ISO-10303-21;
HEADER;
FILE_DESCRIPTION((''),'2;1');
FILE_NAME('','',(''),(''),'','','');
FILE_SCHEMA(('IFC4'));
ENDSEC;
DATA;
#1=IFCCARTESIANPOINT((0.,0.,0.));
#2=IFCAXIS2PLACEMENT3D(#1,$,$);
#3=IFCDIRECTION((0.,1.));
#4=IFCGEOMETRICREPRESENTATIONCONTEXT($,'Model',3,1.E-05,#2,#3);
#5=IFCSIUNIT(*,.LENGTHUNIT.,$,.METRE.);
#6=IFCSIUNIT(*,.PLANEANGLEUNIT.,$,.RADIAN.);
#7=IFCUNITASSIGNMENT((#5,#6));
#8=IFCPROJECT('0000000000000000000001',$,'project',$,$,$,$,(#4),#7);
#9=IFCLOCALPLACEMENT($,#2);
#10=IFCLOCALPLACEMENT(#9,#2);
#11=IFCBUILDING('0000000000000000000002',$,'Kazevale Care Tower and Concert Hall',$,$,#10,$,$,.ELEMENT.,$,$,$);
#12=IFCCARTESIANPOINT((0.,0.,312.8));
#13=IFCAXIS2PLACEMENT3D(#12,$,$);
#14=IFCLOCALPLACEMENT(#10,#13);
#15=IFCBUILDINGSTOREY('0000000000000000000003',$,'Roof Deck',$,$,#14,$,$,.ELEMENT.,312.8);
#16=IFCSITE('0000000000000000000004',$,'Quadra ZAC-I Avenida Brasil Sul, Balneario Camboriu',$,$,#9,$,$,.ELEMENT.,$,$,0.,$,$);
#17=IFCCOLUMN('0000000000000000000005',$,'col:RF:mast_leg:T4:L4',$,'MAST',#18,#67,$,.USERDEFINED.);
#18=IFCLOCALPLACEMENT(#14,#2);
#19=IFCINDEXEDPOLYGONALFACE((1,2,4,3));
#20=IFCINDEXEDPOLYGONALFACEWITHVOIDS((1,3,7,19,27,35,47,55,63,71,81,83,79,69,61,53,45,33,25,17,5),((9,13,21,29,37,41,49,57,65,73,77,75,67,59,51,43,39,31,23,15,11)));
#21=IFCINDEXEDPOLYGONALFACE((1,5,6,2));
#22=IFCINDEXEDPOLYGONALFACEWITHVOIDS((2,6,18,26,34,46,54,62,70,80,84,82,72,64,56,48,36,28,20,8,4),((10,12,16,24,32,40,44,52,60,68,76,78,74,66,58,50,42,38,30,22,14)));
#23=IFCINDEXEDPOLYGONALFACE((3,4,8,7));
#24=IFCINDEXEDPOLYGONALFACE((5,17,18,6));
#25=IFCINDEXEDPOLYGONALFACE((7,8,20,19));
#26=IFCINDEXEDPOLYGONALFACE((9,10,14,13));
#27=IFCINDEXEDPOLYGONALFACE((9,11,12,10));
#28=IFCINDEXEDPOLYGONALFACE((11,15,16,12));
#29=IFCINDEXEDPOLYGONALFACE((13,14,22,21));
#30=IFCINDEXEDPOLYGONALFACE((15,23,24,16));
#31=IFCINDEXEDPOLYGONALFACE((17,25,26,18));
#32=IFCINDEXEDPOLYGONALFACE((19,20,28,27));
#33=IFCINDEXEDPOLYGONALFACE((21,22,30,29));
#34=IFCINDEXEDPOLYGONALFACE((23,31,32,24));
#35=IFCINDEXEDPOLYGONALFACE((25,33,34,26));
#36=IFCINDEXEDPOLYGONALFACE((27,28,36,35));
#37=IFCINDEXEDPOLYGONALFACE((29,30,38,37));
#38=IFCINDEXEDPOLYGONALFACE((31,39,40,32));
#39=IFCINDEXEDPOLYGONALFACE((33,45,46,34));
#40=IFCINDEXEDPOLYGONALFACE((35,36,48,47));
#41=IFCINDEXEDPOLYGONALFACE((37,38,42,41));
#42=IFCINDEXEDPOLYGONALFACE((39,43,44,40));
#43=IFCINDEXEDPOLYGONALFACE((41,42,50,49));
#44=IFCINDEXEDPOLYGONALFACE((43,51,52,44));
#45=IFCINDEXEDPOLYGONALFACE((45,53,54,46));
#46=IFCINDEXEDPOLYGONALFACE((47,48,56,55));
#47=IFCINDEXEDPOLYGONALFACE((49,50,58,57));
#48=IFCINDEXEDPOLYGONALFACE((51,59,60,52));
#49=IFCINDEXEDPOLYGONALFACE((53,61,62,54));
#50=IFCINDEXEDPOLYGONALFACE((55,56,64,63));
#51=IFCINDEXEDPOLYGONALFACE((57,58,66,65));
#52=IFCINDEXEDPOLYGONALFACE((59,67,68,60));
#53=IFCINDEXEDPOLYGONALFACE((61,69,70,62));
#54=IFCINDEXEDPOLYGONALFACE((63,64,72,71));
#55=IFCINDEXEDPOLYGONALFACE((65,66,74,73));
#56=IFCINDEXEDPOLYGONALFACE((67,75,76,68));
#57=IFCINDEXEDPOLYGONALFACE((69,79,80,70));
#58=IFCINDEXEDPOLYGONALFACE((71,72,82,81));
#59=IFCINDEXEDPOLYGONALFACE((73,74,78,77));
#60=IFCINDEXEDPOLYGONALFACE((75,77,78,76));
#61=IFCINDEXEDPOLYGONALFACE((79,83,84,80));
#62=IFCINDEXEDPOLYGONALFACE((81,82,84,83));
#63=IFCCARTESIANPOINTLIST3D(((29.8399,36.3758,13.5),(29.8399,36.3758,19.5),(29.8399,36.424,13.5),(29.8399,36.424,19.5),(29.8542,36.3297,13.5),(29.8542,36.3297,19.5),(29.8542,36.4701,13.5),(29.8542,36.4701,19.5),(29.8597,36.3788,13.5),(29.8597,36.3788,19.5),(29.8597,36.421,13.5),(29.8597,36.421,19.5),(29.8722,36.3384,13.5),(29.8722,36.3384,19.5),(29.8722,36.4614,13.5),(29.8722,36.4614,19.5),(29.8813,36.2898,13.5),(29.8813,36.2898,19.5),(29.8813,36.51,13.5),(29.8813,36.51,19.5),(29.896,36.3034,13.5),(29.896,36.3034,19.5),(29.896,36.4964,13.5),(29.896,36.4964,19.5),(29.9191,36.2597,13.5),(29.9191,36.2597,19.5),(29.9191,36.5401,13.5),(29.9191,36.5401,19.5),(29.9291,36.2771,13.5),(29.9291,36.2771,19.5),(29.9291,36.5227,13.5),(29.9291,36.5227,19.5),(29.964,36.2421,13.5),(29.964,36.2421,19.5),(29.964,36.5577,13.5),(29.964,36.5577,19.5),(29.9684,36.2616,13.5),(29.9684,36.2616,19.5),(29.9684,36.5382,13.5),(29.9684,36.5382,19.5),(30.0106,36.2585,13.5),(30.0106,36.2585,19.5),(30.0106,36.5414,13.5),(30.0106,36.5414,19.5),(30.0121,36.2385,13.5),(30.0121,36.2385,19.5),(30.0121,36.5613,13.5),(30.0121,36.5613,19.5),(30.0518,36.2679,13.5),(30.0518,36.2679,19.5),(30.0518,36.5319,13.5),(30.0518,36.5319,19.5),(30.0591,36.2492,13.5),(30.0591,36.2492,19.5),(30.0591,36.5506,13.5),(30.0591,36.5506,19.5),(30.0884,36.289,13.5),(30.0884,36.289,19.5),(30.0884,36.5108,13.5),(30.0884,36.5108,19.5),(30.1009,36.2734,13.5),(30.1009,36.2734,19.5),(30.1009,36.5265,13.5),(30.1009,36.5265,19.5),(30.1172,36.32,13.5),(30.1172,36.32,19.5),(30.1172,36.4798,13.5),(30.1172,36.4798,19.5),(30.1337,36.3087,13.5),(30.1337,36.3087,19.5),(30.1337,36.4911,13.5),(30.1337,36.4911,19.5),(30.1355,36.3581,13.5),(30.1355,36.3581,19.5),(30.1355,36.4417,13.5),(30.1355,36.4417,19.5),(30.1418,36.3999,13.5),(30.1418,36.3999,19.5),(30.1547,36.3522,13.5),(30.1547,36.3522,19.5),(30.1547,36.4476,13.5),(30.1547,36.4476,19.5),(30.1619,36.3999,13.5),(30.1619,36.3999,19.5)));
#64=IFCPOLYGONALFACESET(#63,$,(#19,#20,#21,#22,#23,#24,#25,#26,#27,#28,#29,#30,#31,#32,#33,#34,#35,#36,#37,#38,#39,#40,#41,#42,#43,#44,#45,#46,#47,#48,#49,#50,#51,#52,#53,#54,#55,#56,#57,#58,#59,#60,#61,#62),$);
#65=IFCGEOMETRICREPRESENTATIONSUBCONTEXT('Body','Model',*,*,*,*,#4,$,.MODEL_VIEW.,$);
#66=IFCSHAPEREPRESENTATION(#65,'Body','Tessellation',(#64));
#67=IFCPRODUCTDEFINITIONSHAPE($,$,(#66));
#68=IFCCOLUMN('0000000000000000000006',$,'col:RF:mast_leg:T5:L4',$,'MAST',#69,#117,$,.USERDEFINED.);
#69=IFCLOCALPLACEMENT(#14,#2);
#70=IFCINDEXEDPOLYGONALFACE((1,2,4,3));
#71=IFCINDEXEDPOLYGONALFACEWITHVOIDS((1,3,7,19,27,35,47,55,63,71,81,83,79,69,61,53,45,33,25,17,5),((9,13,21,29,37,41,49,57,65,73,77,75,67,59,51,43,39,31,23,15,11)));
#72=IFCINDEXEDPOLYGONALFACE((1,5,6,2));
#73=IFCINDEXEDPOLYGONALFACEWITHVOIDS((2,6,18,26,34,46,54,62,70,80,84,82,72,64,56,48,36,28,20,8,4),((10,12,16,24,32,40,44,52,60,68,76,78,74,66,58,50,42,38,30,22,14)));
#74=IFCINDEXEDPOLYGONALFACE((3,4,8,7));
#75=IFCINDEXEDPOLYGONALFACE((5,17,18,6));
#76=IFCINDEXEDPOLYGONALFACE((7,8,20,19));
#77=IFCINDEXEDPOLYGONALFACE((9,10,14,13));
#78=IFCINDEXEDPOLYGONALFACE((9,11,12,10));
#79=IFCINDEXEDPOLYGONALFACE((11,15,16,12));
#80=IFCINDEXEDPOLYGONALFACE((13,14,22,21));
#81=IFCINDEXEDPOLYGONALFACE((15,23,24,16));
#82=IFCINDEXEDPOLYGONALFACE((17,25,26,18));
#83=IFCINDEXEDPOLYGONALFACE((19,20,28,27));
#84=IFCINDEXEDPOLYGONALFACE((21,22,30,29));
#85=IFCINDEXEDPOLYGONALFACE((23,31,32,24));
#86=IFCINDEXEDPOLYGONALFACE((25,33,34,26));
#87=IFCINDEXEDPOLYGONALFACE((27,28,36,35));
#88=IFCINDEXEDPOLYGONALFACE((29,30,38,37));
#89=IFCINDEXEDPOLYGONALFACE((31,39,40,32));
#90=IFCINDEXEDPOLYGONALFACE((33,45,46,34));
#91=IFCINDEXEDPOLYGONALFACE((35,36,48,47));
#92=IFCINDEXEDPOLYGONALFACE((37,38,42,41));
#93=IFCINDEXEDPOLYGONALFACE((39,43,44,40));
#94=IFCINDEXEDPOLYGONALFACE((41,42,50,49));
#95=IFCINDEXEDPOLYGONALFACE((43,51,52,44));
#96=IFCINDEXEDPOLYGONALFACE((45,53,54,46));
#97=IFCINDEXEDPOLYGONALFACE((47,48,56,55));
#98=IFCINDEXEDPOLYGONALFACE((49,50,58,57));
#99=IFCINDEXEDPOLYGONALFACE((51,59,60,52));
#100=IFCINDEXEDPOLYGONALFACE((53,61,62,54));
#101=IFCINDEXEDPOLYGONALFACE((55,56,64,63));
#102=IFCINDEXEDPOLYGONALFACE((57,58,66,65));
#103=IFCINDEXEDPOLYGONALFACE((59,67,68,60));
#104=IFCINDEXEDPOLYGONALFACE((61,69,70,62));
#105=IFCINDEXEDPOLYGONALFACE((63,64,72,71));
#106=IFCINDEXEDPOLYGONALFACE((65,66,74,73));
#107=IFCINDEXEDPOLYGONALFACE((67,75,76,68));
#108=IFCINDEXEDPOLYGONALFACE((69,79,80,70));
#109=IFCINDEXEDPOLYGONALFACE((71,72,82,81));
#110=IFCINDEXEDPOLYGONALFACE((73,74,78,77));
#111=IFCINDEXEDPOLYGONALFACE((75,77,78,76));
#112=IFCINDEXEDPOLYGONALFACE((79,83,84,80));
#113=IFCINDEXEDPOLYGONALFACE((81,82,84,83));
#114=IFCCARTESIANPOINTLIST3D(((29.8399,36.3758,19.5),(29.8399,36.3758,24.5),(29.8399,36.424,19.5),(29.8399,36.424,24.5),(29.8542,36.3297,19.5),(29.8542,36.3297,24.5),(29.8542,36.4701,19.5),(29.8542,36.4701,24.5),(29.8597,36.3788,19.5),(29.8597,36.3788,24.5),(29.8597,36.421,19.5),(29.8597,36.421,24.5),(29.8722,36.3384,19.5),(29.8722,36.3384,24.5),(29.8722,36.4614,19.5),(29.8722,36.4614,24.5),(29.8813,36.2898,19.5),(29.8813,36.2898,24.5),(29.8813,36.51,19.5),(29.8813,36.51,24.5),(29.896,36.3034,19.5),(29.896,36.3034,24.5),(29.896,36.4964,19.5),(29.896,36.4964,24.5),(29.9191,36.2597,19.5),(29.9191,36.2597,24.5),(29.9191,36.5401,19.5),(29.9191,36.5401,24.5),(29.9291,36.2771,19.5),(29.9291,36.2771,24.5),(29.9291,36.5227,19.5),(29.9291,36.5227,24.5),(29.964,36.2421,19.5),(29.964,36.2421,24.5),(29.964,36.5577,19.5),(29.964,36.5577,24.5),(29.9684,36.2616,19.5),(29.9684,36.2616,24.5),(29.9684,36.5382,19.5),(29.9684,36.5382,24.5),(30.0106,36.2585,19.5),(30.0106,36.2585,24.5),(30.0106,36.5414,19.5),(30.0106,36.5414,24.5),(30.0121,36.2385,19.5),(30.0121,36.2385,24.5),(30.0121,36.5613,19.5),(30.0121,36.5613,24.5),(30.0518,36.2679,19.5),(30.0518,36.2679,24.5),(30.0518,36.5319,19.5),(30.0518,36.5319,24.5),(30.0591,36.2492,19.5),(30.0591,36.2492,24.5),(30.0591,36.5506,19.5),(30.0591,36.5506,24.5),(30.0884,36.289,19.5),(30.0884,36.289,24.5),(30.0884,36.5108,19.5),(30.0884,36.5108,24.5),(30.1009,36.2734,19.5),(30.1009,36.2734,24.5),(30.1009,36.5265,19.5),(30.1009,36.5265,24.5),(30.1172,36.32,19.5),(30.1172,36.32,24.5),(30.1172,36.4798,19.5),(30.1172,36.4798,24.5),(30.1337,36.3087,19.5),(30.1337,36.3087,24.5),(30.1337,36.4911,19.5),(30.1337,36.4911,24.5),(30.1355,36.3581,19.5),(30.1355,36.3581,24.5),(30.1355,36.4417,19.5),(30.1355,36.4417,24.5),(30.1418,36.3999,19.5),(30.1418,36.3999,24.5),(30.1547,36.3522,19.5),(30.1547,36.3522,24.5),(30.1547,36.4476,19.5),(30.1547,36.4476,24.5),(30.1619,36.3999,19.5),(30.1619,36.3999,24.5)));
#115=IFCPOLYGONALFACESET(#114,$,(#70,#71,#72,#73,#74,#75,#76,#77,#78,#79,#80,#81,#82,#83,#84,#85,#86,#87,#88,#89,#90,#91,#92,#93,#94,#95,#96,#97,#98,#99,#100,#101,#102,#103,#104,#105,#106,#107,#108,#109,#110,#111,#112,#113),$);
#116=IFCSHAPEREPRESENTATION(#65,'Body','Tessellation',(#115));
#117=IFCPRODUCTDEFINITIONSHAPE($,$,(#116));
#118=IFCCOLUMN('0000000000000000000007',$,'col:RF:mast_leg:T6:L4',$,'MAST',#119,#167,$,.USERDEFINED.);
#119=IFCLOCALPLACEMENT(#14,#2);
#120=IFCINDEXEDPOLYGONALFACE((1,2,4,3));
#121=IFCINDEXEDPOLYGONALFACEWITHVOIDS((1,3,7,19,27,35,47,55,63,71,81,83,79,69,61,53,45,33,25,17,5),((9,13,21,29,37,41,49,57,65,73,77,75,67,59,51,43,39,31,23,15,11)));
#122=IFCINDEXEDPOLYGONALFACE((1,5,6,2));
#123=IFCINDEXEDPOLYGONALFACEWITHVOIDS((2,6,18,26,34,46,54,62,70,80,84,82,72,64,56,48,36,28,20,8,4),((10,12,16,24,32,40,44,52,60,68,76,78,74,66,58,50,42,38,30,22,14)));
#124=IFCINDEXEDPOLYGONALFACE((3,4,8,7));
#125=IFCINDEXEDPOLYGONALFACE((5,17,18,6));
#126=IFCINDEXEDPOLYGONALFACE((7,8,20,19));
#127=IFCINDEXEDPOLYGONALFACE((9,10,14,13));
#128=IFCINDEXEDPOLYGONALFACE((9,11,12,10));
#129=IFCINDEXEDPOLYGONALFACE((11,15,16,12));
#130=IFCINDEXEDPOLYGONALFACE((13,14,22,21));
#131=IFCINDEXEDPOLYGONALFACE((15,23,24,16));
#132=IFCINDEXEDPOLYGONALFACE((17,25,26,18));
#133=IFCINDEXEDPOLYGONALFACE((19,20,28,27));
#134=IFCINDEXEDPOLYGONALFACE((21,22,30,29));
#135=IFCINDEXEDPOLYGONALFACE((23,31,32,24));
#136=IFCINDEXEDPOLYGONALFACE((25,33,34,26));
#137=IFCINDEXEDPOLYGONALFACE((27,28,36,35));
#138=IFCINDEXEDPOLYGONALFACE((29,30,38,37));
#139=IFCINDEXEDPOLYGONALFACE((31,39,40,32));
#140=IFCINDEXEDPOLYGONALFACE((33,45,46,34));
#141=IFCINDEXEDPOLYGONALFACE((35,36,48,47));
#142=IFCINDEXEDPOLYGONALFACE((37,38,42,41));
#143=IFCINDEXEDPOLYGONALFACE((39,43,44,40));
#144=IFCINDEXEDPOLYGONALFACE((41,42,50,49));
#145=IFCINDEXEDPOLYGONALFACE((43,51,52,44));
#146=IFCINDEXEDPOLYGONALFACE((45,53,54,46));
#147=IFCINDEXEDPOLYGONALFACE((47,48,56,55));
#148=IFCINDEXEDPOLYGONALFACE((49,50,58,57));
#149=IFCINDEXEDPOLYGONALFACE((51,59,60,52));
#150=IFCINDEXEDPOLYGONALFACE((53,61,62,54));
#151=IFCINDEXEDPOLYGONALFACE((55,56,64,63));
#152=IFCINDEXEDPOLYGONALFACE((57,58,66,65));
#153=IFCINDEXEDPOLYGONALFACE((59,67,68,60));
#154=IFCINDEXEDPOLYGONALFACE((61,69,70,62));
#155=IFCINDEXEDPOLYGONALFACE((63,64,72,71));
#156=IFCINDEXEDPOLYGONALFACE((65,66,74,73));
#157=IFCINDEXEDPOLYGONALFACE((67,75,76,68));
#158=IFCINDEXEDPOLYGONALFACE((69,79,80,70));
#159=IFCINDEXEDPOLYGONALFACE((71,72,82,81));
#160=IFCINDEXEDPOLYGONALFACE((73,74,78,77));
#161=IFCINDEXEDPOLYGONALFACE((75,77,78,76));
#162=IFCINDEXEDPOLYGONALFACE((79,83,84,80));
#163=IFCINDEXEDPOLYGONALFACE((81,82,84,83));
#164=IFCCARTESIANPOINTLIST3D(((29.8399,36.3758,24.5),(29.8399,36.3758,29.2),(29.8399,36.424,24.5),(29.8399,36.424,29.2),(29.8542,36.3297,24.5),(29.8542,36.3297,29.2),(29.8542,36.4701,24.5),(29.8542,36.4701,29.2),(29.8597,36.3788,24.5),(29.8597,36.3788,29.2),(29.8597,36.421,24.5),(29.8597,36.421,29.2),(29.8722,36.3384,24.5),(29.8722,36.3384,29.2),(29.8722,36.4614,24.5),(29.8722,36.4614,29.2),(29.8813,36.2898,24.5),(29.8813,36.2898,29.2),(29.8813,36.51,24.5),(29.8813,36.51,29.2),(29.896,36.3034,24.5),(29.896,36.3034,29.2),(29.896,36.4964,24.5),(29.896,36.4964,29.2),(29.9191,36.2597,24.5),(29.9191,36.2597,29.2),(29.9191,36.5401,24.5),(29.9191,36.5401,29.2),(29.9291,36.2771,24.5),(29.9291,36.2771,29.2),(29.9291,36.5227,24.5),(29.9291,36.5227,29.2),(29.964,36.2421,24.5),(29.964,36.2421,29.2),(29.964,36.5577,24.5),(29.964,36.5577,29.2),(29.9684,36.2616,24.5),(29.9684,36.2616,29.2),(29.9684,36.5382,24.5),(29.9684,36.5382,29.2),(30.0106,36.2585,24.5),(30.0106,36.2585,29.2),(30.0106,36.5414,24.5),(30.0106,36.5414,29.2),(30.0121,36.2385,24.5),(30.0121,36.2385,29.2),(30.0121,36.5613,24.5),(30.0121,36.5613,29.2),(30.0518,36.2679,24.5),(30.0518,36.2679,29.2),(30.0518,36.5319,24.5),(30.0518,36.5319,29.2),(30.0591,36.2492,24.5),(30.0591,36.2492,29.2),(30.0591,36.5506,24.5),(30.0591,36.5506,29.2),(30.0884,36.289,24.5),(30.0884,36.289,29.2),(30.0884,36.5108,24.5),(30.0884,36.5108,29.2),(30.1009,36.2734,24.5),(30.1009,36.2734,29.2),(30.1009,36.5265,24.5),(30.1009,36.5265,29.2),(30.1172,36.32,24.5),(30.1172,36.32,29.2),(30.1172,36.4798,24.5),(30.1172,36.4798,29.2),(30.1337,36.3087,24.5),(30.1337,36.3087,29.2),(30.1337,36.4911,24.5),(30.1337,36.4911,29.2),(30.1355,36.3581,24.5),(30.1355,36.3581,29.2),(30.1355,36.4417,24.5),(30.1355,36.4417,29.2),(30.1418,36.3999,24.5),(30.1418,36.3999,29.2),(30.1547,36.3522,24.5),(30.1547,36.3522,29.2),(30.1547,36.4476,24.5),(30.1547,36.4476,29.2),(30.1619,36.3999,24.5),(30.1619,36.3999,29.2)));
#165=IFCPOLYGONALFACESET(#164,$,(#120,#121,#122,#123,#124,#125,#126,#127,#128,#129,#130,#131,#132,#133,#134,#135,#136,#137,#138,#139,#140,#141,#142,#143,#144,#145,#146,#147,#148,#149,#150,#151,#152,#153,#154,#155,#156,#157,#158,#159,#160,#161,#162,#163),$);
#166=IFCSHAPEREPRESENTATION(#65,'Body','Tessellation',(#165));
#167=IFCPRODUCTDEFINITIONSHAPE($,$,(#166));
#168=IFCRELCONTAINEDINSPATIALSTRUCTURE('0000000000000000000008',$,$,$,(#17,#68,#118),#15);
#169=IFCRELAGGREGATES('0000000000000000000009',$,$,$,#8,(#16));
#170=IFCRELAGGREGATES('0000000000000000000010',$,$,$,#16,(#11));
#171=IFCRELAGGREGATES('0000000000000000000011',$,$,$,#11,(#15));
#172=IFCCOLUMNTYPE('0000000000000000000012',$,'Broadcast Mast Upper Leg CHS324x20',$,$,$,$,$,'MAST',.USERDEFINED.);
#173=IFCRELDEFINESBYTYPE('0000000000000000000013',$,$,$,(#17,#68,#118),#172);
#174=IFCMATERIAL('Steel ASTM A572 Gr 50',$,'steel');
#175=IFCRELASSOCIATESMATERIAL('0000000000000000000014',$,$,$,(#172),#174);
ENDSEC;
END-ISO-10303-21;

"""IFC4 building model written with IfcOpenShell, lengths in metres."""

from ifc_helpers import new_model, si_unit, direction, frame, origin, origin_2d, place, context, subcontext, project, spatial, hollow_circle, extrude, material, material_profile, profile_set, type_object, element, save


model = new_model("IFC4")

# Units and contexts
model_context = context("Model", 3, precision=1e-05, world=origin(), true_north=direction((0.0, 1.0)))
body_context = subcontext(model_context, "Body", "Model", "MODEL_VIEW")
ifc_project = project(units=[si_unit("LENGTHUNIT", "METRE"), si_unit("PLANEANGLEUNIT", "RADIAN")], contexts=[model_context])

# Site, building, storey
site_placement = place(None, origin())
site = spatial("IfcSite", under=ifc_project, at=site_placement, Name="Quadra ZAC-I Avenida Brasil Sul, Balneario Camboriu", CompositionType="ELEMENT", RefElevation=0.0)
building_placement = place(site_placement, origin())
building = spatial("IfcBuilding", under=site, at=building_placement, Name="Kazevale Care Tower and Concert Hall", CompositionType="ELEMENT")
storey_placement = place(building_placement, frame((0.0, 0.0, 312.8)))
storey = spatial("IfcBuildingStorey", under=building, at=storey_placement, Name="Roof Deck", CompositionType="ELEMENT", Elevation=312.8)

# Columns
ifc_material_1 = material(Name="Steel ASTM A572 Gr 50", Category="steel")
ifc_material_profile_1 = material_profile(ifc_material_1, hollow_circle(Radius=0.1619, WallThickness=0.02, at=origin_2d()), Name="CHS324x20")
ifc_profile_set_1 = profile_set([ifc_material_profile_1], Name="Steel ASTM A572 Gr 50")
column_type_1 = type_object("IfcColumnType", Name="Broadcast Mast Upper Leg CHS324x20", ElementType="MAST", PredefinedType="USERDEFINED", material=ifc_profile_set_1)
column_1_placement = place(storey_placement, frame((30.0, 36.3999, 13.5), z_axis=(0.0, 0.0, 1.0), x_axis=(1.0, 0.0, 0.0)))
element("IfcColumn", 1, at=column_1_placement, inside=storey, type_object=column_type_1, Name="col:RF:mast_leg:T4:L4", ObjectType="MAST", PredefinedType="USERDEFINED", context=body_context, shape_type="SweptSolid", body=[
    extrude(hollow_circle(Radius=0.1619, WallThickness=0.02, at=origin_2d()), origin(), (0.0, 0.0, 1.0), 6.0),
])
column_2_placement = place(storey_placement, frame((30.0, 36.3999, 19.5), z_axis=(0.0, 0.0, 1.0), x_axis=(1.0, 0.0, 0.0)))
element("IfcColumn", 2, at=column_2_placement, inside=storey, type_object=column_type_1, Name="col:RF:mast_leg:T5:L4", ObjectType="MAST", PredefinedType="USERDEFINED", context=body_context, shape_type="SweptSolid", body=[
    extrude(hollow_circle(Radius=0.1619, WallThickness=0.02, at=origin_2d()), origin(), (0.0, 0.0, 1.0), 5.0),
])
column_3_placement = place(storey_placement, frame((30.0, 36.3999, 24.5), z_axis=(0.0, 0.0, 1.0), x_axis=(1.0, 0.0, 0.0)))
element("IfcColumn", 3, at=column_3_placement, inside=storey, type_object=column_type_1, Name="col:RF:mast_leg:T6:L4", ObjectType="MAST", PredefinedType="USERDEFINED", context=body_context, shape_type="SweptSolid", body=[
    extrude(hollow_circle(Radius=0.1619, WallThickness=0.02, at=origin_2d()), origin(), (0.0, 0.0, 1.0), 4.7),
])

save(model, "model.ifc")
